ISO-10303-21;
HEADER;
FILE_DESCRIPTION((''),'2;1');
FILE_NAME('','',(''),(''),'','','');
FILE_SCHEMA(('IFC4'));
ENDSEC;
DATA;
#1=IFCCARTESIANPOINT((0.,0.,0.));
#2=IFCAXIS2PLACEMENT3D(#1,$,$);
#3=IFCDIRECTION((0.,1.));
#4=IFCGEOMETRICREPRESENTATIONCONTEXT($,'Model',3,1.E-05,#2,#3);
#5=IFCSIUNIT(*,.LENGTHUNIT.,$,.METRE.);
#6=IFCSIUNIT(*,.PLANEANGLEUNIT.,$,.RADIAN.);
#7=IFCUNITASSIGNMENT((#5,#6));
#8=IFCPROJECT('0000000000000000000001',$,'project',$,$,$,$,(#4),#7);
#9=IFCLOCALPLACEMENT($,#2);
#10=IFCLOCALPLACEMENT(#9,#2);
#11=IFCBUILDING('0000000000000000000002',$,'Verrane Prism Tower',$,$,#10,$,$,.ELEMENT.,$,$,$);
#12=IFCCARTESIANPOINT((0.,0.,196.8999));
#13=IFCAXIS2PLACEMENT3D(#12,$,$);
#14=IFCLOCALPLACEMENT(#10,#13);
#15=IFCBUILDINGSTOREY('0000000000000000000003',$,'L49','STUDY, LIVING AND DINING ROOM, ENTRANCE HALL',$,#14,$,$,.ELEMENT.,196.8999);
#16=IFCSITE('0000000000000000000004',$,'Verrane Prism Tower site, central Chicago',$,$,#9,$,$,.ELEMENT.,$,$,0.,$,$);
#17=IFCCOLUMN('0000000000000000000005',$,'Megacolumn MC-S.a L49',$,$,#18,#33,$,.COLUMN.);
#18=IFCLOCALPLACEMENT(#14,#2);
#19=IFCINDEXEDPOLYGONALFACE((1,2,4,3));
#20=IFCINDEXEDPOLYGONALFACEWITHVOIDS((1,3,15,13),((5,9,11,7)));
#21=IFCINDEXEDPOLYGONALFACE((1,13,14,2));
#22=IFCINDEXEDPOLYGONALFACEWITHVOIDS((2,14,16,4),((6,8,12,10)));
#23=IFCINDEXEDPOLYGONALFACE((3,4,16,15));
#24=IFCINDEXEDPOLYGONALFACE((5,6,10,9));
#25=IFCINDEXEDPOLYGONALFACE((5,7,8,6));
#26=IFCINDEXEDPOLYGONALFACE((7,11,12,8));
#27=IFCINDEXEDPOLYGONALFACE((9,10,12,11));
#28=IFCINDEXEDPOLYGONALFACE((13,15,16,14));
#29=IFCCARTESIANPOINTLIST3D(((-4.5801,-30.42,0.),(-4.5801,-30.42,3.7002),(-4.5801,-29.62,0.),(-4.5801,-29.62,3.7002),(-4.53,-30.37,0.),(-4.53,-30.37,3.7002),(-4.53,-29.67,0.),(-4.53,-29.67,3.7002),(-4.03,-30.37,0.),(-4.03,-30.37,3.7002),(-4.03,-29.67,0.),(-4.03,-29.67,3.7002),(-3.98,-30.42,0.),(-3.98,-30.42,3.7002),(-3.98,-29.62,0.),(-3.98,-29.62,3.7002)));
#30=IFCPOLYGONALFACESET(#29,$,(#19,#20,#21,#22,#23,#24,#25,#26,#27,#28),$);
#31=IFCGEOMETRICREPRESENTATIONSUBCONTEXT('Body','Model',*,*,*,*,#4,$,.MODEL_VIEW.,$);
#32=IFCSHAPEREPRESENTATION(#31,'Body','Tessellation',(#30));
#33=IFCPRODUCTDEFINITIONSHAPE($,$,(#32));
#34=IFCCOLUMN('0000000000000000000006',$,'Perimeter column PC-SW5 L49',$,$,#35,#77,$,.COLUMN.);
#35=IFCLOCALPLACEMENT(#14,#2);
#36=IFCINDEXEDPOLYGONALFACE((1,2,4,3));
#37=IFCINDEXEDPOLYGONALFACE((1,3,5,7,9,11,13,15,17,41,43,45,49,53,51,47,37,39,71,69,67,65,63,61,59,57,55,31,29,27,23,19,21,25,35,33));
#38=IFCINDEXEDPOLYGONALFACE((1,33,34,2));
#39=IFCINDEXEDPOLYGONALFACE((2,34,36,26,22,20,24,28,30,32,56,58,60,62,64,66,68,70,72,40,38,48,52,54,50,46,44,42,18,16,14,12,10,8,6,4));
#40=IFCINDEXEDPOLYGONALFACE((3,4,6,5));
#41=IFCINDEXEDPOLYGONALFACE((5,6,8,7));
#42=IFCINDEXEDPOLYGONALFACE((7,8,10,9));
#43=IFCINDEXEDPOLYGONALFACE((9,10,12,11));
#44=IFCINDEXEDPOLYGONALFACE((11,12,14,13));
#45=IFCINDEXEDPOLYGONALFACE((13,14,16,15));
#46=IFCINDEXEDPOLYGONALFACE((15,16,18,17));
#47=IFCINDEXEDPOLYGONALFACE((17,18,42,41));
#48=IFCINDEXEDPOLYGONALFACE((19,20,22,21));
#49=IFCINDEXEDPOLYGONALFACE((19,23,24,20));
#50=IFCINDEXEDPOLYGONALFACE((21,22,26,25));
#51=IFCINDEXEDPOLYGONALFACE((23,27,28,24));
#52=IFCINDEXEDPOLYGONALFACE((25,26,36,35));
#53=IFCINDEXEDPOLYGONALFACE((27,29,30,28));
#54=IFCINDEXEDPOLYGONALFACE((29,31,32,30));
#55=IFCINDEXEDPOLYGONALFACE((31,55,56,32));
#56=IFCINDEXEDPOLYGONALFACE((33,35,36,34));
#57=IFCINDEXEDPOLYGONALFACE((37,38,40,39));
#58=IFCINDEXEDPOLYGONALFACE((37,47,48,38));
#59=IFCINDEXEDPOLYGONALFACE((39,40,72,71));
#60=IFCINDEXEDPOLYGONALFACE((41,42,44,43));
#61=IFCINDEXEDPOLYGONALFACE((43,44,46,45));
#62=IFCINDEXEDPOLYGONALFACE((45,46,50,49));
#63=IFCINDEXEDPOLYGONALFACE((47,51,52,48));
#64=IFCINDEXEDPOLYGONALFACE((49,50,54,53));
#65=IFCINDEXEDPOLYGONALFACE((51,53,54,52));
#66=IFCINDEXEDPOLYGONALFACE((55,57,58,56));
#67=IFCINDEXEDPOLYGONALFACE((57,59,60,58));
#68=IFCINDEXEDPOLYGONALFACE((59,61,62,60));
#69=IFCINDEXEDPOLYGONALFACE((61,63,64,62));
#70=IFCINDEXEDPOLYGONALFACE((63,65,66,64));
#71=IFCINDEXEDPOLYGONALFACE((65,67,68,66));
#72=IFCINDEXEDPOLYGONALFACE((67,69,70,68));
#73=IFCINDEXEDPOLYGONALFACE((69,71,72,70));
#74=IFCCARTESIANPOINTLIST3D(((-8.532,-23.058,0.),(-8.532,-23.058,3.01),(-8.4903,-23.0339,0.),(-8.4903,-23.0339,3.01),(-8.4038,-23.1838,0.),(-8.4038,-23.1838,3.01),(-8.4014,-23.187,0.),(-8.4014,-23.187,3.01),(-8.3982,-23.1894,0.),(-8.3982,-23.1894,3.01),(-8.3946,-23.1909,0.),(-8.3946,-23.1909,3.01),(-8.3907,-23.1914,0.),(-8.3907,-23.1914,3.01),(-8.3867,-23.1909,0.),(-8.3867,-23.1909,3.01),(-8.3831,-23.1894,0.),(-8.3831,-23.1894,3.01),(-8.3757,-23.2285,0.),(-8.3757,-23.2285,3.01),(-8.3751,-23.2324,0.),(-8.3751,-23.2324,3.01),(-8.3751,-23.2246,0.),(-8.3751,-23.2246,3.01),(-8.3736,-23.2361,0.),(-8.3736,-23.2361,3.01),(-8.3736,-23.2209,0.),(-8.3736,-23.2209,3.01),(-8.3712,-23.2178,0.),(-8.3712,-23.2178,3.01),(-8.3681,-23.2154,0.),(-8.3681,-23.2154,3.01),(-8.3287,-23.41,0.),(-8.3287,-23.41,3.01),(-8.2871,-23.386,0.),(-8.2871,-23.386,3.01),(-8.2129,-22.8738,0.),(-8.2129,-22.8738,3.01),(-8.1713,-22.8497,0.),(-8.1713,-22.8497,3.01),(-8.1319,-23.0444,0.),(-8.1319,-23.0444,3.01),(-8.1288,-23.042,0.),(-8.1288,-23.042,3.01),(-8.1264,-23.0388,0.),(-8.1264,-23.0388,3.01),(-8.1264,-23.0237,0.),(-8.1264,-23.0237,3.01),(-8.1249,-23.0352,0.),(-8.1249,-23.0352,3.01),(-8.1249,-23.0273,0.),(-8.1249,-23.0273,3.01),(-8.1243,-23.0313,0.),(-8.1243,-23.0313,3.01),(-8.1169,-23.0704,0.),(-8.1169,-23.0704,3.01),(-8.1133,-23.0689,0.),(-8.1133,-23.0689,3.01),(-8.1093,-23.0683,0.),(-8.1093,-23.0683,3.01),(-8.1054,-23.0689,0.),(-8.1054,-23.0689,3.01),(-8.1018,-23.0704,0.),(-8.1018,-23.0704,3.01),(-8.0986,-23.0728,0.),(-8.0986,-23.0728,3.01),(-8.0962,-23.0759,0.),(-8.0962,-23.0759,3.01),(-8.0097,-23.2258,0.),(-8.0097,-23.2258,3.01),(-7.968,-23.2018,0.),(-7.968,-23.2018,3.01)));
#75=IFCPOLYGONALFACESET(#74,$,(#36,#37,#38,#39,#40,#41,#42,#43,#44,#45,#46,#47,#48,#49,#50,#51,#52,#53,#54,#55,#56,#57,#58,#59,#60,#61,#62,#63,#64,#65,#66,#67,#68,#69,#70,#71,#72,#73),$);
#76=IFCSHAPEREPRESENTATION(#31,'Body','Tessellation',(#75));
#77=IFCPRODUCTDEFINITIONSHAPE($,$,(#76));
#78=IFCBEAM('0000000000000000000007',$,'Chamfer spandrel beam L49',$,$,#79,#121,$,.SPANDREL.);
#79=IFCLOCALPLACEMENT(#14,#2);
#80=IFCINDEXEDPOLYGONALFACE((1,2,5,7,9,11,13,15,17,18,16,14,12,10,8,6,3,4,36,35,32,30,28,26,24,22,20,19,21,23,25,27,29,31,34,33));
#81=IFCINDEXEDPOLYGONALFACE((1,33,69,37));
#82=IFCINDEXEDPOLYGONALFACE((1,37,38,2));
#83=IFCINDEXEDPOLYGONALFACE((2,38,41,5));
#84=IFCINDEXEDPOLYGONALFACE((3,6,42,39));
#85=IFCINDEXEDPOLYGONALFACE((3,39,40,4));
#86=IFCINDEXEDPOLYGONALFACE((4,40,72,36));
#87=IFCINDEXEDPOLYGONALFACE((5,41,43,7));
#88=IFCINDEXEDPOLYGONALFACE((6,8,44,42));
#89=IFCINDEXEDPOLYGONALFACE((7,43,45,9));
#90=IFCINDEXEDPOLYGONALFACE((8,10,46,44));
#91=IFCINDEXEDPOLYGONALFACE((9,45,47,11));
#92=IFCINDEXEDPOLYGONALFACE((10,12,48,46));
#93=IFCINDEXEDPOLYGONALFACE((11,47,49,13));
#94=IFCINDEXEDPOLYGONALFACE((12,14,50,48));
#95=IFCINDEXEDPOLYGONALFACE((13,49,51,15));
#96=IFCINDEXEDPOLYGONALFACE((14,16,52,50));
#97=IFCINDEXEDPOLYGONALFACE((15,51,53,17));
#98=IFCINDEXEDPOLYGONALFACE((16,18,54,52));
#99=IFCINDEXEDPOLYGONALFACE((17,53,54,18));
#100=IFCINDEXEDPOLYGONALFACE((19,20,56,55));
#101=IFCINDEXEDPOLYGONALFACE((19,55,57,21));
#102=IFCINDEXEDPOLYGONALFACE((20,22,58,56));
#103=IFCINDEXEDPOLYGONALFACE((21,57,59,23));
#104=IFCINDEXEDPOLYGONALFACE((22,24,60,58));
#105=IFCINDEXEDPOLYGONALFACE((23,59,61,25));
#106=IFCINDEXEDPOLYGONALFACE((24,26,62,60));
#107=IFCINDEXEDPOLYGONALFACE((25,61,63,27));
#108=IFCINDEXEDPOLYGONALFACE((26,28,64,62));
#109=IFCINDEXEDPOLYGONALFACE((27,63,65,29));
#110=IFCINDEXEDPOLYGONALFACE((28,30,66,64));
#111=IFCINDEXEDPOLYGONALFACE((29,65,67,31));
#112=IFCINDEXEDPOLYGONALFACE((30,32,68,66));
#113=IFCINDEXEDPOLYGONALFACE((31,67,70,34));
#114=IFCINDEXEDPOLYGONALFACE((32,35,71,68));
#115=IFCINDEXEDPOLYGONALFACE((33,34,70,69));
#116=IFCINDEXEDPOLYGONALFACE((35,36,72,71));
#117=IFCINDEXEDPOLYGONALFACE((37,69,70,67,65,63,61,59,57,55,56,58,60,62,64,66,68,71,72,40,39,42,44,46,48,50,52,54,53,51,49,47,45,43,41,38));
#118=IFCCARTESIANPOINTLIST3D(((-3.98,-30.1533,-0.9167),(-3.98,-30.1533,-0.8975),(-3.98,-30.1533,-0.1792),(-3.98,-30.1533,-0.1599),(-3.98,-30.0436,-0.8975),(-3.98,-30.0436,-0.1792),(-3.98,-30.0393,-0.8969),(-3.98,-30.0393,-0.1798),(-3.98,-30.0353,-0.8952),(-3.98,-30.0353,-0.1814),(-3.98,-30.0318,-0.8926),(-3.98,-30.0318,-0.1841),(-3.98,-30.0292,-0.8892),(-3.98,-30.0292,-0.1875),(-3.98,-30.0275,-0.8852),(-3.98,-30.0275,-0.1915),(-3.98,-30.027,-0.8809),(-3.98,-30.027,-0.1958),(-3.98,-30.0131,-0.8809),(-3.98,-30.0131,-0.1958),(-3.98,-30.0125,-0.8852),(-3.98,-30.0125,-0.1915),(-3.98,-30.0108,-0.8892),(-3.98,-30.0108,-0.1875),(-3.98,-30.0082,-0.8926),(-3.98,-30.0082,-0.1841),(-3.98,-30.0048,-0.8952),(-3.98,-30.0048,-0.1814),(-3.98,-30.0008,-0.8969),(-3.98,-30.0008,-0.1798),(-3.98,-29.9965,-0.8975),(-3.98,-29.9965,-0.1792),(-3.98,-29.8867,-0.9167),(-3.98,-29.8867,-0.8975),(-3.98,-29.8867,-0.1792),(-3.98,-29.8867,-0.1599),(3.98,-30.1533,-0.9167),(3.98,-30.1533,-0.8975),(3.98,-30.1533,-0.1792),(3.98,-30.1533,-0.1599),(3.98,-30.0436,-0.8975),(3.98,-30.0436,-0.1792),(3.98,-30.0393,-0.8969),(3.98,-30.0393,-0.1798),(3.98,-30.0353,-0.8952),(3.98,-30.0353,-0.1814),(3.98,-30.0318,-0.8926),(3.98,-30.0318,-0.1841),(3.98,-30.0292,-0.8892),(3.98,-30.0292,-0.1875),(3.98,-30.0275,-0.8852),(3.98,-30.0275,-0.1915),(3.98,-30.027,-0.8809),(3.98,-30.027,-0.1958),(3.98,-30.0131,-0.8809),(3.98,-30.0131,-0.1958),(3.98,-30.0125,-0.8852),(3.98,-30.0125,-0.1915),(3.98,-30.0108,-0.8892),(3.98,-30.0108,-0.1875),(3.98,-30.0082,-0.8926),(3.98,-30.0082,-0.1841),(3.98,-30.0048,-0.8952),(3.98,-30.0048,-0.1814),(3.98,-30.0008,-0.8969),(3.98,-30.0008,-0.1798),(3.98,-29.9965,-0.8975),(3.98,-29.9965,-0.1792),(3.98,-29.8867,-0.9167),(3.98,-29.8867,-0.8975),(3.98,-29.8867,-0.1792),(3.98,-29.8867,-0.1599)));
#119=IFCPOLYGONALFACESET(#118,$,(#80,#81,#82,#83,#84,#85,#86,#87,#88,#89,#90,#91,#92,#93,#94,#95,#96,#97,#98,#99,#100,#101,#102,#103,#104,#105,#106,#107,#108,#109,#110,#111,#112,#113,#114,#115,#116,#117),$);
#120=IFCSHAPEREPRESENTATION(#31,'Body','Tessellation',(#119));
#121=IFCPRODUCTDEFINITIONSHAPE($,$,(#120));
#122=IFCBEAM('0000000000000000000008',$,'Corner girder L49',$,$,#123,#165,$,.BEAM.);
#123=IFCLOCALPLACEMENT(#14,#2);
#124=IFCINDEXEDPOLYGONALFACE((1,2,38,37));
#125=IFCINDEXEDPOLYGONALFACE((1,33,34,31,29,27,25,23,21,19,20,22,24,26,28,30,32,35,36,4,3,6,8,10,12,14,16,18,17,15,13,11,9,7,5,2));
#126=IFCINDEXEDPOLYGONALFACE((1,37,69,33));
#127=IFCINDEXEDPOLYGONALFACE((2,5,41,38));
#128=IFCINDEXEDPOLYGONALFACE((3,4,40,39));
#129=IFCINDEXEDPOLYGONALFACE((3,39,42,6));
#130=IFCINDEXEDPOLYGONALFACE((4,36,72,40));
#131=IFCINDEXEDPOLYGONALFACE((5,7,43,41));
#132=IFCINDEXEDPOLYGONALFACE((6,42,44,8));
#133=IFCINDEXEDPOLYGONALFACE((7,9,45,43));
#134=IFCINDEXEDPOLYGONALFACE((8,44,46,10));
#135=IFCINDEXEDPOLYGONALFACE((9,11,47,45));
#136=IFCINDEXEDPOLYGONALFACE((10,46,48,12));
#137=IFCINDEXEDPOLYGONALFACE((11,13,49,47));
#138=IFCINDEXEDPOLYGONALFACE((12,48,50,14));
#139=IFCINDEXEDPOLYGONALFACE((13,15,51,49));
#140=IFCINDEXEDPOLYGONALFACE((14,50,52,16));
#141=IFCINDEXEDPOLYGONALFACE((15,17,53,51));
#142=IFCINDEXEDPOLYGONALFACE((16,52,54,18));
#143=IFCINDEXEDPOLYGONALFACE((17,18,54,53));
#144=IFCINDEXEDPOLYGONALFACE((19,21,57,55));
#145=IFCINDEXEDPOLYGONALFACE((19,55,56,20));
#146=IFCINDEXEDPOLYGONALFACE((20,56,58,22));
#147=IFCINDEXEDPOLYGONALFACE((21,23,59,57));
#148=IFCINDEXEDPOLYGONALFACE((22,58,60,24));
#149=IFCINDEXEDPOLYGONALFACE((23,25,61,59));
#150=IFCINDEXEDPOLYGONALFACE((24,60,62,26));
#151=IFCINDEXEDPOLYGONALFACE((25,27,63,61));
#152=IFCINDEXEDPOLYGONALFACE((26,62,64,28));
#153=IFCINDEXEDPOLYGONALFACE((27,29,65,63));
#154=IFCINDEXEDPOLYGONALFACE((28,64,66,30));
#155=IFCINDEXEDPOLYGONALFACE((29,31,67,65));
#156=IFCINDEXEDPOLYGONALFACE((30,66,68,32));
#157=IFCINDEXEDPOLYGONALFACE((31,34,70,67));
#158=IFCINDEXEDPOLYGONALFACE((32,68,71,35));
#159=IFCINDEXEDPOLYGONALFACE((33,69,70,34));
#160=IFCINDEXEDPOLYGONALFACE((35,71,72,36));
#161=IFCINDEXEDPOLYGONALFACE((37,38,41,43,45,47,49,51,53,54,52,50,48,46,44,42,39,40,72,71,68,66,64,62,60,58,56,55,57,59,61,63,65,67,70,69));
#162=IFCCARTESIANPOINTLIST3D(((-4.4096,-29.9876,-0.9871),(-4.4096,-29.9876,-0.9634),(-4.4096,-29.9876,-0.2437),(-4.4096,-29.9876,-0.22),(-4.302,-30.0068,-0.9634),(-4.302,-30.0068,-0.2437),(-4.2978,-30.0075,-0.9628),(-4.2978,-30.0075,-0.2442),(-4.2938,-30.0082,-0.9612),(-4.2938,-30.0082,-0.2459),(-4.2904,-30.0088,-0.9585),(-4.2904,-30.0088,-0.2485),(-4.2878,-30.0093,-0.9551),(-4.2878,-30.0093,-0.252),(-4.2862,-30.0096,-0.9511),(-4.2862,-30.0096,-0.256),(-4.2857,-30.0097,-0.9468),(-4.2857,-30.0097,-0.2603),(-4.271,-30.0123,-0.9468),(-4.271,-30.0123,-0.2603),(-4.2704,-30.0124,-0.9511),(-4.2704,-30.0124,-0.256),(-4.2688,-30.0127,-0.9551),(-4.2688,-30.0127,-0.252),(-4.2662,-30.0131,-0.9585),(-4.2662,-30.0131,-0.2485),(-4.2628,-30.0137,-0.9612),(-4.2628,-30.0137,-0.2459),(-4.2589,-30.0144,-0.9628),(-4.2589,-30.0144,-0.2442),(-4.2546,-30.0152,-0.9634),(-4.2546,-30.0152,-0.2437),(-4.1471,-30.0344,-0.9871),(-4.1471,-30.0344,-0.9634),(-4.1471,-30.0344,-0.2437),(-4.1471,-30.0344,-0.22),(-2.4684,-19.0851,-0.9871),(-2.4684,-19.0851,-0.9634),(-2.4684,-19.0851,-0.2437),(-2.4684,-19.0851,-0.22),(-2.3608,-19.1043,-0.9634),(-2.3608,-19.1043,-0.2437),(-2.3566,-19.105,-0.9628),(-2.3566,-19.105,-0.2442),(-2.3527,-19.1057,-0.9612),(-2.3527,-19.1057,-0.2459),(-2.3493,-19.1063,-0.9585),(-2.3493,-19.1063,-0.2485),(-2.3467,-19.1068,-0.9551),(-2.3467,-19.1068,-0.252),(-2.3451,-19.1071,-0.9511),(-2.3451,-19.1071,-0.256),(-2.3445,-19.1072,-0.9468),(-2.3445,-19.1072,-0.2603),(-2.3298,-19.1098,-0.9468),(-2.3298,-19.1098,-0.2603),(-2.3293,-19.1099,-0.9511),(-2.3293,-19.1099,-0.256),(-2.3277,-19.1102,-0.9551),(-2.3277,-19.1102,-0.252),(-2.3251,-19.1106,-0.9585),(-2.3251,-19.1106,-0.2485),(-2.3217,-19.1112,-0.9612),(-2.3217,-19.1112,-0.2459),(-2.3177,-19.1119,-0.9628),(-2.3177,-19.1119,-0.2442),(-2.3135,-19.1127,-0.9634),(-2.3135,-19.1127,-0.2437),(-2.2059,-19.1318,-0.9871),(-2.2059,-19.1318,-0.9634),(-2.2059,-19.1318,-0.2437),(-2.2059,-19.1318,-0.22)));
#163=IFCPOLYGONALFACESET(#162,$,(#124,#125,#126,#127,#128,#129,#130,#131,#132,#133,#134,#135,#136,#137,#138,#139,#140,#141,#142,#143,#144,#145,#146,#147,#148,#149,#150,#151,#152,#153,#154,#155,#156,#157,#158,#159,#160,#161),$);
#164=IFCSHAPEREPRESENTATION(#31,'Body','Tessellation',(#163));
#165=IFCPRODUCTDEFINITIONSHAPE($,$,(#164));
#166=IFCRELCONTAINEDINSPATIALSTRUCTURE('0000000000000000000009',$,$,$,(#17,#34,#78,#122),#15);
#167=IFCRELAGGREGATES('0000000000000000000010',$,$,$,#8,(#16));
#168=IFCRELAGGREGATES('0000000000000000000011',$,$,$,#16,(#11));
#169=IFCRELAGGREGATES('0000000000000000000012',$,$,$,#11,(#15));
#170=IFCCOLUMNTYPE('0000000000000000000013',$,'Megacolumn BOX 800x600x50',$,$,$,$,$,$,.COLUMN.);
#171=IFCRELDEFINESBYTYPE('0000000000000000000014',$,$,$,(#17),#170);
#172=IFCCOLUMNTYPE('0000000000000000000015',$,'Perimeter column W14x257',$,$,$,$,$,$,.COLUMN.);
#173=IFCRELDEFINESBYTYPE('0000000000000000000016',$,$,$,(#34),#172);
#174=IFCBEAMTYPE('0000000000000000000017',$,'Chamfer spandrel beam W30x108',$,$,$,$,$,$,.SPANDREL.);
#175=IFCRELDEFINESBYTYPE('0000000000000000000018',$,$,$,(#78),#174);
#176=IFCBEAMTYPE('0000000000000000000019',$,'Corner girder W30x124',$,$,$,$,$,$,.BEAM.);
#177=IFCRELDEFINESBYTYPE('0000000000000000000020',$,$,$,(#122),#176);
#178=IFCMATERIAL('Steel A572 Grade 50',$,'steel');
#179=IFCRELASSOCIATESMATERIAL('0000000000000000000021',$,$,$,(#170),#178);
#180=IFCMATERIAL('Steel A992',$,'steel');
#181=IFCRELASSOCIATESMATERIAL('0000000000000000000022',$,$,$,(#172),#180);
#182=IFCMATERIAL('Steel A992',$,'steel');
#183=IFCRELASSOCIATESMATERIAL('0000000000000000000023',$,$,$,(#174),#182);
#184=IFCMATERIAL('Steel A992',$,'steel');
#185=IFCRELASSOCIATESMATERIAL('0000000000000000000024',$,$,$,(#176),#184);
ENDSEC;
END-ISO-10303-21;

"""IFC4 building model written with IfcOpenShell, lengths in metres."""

from ifc_helpers import new_model, si_unit, direction, frame, origin, origin_2d, place, context, subcontext, project, spatial, hollow_rectangle, i_section, extrude, material, material_profile, profile_set, type_object, element, save


model = new_model("IFC4")

# Units and contexts
model_context = context("Model", 3, precision=1e-05, world=origin(), true_north=direction((0.0, 1.0)))
body_context = subcontext(model_context, "Body", "Model", "MODEL_VIEW")
ifc_project = project(units=[si_unit("LENGTHUNIT", "METRE"), si_unit("PLANEANGLEUNIT", "RADIAN")], contexts=[model_context])

# Site, building, storey
site_placement = place(None, origin())
site = spatial("IfcSite", under=ifc_project, at=site_placement, Name="Verrane Prism Tower site, central Chicago", CompositionType="ELEMENT", RefElevation=0.0)
building_placement = place(site_placement, origin())
building = spatial("IfcBuilding", under=site, at=building_placement, Name="Verrane Prism Tower", CompositionType="ELEMENT")
storey_placement = place(building_placement, frame((0.0, 0.0, 196.8999)))
storey = spatial("IfcBuildingStorey", under=building, at=storey_placement, Name="L49", Description="STUDY, LIVING AND DINING ROOM, ENTRANCE HALL", CompositionType="ELEMENT", Elevation=196.8999)

# Columns
ifc_material_1 = material(Name="Steel A572 Grade 50", Category="steel")
ifc_material_profile_1 = material_profile(ifc_material_1, hollow_rectangle(XDim=0.6001, YDim=0.8, WallThickness=0.05, at=origin_2d()), Name="BOX 800x600x50")
ifc_profile_set_1 = profile_set([ifc_material_profile_1], Name="Steel A572 Grade 50")
column_type_1 = type_object("IfcColumnType", Name="Megacolumn BOX 800x600x50", PredefinedType="COLUMN", material=ifc_profile_set_1)
column_1_placement = place(storey_placement, frame((-4.28, -30.02, 0.0), z_axis=(0.0, 0.0, 1.0), x_axis=(-1.0, 0.0, 0.0)))
element("IfcColumn", 1, at=column_1_placement, inside=storey, type_object=column_type_1, Name="Megacolumn MC-S.a L49", PredefinedType="COLUMN", context=body_context, shape_type="SweptSolid", body=[
    extrude(hollow_rectangle(XDim=0.6001, YDim=0.8, WallThickness=0.05, at=origin_2d()), origin(), (0.0, 0.0, 1.0), 3.7002),
])
ifc_material_2 = material(Name="Steel A992", Category="steel")
ifc_material_profile_2 = material_profile(ifc_material_2, i_section(OverallWidth=0.4065, OverallDepth=0.4165, WebThickness=0.03, FlangeThickness=0.0481, FilletRadius=0.0151, at=origin_2d()), Name="W14x257")
ifc_profile_set_2 = profile_set([ifc_material_profile_2], Name="Steel A992")
column_type_2 = type_object("IfcColumnType", Name="Perimeter column W14x257", PredefinedType="COLUMN", material=ifc_profile_set_2)
column_2_placement = place(storey_placement, frame((-8.25, -23.1299, 0.0), z_axis=(0.0, 0.0, 1.0), x_axis=(-0.5, 0.866025, 0.0)))
element("IfcColumn", 2, at=column_2_placement, inside=storey, type_object=column_type_2, Name="Perimeter column PC-SW5 L49", PredefinedType="COLUMN", context=body_context, shape_type="SweptSolid", body=[
    extrude(i_section(OverallWidth=0.4065, OverallDepth=0.4165, WebThickness=0.03, FlangeThickness=0.0481, FilletRadius=0.0151, at=origin_2d()), origin(), (0.0, 0.0, 1.0), 3.01),
])

# Beams
ifc_material_3 = material(Name="Steel A992", Category="steel")
ifc_material_profile_3 = material_profile(ifc_material_3, i_section(OverallWidth=0.2666, OverallDepth=0.7568, WebThickness=0.0139, FlangeThickness=0.0193, FilletRadius=0.0166, at=origin_2d()), Name="W30x108")
ifc_profile_set_3 = profile_set([ifc_material_profile_3], Name="Steel A992")
beam_type_1 = type_object("IfcBeamType", Name="Chamfer spandrel beam W30x108", PredefinedType="SPANDREL", material=ifc_profile_set_3)
beam_1_placement = place(storey_placement, frame((-3.98, -30.02, -0.5383), z_axis=(1.0, 0.0, 0.0), x_axis=(0.0, 1.0, 0.0)))
element("IfcBeam", 3, at=beam_1_placement, inside=storey, type_object=beam_type_1, Name="Chamfer spandrel beam L49", PredefinedType="SPANDREL", context=body_context, shape_type="SweptSolid", body=[
    extrude(i_section(OverallWidth=0.2666, OverallDepth=0.7568, WebThickness=0.0139, FlangeThickness=0.0193, FilletRadius=0.0166, at=origin_2d()), origin(), (0.0, 0.0, 1.0), 7.96),
])
ifc_material_4 = material(Name="Steel A992", Category="steel")
ifc_material_profile_4 = material_profile(ifc_material_4, i_section(OverallWidth=0.2666, OverallDepth=0.7671, WebThickness=0.0149, FlangeThickness=0.0237, FilletRadius=0.0166, at=origin_2d()), Name="W30x124")
ifc_profile_set_4 = profile_set([ifc_material_profile_4], Name="Steel A992")
beam_type_2 = type_object("IfcBeamType", Name="Corner girder W30x124", PredefinedType="BEAM", material=ifc_profile_set_4)
beam_2_placement = place(storey_placement, frame((-4.2783, -30.011, -0.6035), z_axis=(0.175289, 0.984517, 0.0), x_axis=(-0.984517, 0.175289, 0.0)))
element("IfcBeam", 4, at=beam_2_placement, inside=storey, type_object=beam_type_2, Name="Corner girder L49", PredefinedType="BEAM", context=body_context, shape_type="SweptSolid", body=[
    extrude(i_section(OverallWidth=0.2666, OverallDepth=0.7671, WebThickness=0.0149, FlangeThickness=0.0237, FilletRadius=0.0166, at=origin_2d()), origin(), (0.0, 0.0, 1.0), 11.074),
])

save(model, "model.ifc")
